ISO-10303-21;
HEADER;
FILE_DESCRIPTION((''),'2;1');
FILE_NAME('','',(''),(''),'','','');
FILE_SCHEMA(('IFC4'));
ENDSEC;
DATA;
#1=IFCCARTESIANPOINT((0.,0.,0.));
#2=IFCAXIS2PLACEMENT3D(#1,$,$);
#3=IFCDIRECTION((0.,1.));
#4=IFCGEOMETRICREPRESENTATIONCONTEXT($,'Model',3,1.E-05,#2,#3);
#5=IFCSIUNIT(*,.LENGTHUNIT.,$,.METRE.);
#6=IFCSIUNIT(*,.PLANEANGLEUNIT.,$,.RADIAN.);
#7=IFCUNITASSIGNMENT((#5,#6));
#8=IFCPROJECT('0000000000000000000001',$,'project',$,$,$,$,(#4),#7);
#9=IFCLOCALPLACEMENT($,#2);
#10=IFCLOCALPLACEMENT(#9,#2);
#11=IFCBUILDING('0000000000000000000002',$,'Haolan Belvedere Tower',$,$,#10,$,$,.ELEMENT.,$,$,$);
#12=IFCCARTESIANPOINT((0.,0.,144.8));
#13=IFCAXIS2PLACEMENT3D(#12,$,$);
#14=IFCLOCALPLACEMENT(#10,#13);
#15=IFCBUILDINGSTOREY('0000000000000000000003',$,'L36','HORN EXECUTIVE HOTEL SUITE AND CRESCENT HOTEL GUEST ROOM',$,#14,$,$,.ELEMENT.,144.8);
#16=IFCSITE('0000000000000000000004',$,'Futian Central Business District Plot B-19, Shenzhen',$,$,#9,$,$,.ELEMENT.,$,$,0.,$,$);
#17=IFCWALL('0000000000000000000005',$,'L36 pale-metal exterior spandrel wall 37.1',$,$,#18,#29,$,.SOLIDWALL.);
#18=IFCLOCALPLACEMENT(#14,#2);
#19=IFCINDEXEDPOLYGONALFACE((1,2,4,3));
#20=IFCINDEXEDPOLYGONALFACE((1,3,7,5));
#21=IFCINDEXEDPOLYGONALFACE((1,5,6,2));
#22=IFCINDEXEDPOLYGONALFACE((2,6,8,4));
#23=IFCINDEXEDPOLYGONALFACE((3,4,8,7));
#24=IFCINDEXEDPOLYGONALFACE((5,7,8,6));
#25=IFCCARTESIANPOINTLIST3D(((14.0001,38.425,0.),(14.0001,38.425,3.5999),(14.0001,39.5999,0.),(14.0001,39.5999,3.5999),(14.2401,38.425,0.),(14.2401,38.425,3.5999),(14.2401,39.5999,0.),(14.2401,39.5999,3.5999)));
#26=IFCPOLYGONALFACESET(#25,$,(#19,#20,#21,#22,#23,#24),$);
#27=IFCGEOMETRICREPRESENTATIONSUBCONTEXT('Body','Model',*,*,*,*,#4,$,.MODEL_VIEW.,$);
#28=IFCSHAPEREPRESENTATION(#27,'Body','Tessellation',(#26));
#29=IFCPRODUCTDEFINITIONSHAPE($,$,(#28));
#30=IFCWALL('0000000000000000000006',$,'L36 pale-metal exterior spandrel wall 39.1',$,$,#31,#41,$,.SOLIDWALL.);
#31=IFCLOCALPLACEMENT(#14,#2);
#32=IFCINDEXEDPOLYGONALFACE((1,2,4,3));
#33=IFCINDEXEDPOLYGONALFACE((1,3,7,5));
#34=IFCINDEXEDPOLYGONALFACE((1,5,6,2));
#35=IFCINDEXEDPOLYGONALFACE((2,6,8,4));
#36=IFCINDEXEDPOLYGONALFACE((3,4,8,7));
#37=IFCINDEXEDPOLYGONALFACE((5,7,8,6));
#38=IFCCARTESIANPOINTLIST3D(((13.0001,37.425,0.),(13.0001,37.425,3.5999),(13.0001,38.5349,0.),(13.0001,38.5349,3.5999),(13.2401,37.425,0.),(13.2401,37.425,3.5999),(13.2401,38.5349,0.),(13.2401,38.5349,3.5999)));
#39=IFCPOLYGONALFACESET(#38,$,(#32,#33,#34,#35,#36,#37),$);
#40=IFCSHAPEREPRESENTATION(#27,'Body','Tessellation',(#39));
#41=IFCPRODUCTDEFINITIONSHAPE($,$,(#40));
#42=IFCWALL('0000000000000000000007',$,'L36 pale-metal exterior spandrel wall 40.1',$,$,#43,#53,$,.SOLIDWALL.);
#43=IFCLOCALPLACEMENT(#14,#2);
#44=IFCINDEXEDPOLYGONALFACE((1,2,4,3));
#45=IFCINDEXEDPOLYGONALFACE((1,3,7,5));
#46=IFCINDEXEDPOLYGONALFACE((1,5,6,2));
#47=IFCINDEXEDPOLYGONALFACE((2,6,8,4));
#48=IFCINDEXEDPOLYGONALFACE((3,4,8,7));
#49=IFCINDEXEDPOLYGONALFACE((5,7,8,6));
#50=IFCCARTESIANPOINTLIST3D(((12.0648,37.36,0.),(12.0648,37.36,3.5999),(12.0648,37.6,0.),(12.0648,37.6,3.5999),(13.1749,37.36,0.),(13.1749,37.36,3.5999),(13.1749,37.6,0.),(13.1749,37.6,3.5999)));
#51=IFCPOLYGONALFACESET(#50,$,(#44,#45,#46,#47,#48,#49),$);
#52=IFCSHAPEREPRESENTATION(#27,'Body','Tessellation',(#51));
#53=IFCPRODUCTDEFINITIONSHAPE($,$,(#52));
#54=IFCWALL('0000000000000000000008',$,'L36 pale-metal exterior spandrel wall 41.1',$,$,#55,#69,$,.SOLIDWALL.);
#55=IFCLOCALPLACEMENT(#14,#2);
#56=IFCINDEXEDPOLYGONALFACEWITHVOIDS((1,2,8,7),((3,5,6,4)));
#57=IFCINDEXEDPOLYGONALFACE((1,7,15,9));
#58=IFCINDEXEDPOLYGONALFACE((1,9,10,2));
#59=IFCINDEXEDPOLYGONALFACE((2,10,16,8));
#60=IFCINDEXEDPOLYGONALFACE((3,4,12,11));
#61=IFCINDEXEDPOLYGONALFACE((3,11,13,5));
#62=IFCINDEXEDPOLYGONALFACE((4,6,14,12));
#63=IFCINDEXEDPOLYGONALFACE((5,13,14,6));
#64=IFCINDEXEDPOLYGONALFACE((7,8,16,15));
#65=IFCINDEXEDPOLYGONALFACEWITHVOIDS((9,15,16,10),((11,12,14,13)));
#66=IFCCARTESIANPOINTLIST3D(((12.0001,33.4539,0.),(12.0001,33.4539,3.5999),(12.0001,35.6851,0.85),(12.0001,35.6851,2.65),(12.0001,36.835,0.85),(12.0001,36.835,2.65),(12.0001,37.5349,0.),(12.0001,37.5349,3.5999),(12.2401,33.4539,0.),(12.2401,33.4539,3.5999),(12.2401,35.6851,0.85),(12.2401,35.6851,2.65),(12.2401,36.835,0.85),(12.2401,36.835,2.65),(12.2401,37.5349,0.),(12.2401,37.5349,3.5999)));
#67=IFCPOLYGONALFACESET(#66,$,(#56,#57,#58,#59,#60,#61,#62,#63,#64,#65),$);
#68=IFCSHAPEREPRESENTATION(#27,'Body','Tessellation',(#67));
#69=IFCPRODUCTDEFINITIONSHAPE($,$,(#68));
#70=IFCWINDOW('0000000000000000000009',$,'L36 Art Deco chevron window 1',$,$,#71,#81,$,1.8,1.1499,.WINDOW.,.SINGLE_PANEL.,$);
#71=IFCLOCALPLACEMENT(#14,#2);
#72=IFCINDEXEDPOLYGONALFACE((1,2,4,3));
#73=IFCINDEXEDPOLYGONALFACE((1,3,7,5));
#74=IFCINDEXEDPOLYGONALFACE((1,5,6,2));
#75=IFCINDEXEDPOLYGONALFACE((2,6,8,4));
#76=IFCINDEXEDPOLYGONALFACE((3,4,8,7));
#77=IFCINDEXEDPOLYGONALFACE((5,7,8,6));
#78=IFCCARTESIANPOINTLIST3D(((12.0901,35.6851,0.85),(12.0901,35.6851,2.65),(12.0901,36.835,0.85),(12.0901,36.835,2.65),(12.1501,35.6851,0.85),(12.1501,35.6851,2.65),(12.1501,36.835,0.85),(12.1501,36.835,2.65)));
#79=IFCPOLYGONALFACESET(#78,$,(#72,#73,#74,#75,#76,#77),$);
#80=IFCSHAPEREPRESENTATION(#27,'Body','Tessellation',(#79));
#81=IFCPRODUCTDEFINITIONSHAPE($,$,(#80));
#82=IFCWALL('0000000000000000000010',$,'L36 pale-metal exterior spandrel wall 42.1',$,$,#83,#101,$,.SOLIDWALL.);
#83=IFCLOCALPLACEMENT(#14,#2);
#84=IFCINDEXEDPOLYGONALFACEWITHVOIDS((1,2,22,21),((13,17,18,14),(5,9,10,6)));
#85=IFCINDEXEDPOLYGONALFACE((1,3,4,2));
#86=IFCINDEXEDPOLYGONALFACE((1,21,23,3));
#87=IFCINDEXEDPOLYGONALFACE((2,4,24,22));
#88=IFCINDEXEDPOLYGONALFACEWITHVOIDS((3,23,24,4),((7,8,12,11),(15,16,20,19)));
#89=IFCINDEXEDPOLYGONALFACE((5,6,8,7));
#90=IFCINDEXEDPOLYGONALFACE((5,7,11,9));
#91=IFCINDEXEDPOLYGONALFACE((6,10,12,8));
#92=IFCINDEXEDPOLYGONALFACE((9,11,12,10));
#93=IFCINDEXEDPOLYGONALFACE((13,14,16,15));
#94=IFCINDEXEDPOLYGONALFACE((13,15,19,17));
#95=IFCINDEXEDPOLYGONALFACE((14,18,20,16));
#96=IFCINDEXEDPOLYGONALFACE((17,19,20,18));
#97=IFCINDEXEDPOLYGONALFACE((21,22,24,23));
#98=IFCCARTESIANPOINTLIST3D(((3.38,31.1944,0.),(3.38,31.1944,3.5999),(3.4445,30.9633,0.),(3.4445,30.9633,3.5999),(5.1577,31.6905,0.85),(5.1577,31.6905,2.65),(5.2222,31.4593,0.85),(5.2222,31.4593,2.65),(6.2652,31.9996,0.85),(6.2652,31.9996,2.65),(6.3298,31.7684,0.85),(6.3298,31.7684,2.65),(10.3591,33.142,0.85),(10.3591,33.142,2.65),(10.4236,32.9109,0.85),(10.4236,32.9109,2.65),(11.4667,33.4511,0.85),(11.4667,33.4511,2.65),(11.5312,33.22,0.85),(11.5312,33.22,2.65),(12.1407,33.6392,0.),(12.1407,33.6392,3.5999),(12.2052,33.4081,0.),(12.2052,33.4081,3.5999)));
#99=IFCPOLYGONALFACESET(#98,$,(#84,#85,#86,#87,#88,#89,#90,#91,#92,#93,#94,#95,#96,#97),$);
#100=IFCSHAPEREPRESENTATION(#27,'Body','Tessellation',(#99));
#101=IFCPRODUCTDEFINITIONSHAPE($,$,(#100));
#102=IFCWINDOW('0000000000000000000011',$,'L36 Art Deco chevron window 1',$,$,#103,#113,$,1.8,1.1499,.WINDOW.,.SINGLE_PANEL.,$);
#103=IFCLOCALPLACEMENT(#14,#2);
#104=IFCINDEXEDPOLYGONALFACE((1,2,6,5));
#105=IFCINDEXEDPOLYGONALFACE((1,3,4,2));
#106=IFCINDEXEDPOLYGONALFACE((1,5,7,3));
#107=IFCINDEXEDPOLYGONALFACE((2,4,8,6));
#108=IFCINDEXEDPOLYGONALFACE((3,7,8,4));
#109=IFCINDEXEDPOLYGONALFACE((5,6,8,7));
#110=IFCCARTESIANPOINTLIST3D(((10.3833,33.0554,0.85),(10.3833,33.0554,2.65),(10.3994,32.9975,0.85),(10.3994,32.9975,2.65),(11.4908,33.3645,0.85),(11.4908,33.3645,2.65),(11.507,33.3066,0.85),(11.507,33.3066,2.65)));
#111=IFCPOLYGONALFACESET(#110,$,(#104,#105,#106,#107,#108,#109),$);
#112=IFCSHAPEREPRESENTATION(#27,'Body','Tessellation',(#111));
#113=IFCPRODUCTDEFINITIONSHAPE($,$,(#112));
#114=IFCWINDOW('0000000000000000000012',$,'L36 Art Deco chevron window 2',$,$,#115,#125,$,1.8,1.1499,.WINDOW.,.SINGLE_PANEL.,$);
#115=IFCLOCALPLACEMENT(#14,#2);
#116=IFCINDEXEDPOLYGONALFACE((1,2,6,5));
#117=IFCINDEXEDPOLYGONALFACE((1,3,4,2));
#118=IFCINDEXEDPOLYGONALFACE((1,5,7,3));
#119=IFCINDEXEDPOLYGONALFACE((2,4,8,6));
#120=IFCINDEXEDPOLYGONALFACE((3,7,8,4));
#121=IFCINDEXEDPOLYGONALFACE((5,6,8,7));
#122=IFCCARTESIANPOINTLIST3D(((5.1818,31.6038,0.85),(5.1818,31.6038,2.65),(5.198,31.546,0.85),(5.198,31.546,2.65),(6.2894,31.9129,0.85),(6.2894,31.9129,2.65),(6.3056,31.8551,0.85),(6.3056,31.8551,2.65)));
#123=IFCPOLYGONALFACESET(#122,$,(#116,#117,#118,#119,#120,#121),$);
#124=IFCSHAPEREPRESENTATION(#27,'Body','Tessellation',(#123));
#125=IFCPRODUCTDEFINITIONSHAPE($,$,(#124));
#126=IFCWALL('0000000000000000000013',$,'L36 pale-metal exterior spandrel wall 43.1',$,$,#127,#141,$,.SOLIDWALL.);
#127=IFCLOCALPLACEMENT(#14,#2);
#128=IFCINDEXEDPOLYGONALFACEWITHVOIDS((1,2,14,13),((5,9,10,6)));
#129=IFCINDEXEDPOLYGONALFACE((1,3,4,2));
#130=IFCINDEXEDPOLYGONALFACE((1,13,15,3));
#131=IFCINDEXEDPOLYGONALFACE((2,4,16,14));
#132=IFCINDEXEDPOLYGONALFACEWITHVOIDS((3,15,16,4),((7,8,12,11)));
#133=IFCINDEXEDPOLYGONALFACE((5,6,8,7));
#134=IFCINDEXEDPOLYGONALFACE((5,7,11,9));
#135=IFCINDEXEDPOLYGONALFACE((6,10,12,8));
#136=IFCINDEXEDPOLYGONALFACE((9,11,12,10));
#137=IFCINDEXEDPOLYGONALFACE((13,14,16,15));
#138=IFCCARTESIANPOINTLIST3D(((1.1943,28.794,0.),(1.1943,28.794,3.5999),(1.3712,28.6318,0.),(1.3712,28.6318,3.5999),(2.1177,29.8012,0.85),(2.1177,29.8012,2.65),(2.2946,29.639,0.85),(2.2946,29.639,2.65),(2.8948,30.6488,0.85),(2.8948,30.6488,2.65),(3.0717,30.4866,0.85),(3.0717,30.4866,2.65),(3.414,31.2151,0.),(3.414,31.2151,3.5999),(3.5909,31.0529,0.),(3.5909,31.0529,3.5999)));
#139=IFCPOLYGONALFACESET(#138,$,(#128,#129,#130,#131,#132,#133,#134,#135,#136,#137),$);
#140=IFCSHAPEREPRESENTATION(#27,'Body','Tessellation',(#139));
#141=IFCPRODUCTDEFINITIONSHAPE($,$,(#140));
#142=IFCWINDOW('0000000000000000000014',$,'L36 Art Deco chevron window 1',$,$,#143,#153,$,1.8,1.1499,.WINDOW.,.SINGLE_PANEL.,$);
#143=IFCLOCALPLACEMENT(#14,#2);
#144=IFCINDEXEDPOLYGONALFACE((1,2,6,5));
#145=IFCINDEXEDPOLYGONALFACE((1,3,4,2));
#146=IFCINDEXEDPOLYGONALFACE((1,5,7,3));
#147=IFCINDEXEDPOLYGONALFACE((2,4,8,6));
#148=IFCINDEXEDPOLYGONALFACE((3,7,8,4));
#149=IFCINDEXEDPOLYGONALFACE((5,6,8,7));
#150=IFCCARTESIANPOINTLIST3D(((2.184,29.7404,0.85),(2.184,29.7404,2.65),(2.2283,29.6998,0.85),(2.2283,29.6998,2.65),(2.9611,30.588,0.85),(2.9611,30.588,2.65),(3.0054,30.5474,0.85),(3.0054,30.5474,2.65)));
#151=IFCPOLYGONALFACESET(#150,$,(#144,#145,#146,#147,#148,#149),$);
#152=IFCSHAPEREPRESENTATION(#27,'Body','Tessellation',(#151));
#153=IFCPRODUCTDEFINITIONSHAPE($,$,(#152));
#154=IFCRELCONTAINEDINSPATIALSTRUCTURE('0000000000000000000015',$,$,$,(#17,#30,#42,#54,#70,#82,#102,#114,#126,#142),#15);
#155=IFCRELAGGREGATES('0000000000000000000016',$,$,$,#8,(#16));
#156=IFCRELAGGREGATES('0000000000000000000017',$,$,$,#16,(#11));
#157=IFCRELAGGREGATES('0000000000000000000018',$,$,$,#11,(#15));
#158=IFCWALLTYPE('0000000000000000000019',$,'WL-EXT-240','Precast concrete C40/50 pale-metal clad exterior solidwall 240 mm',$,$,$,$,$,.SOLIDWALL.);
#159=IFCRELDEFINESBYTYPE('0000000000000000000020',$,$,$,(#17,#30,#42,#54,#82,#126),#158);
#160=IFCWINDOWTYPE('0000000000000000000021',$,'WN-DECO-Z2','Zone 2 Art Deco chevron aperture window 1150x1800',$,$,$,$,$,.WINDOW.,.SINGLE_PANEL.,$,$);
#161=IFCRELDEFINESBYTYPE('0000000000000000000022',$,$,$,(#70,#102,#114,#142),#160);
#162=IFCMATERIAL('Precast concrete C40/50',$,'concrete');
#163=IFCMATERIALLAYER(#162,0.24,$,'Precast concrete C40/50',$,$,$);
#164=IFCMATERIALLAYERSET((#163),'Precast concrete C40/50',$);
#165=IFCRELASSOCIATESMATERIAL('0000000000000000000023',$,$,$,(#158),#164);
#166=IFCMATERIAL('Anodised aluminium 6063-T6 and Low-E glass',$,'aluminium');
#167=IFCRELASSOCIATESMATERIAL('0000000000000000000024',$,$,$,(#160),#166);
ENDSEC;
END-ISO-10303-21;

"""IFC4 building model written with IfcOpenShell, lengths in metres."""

from ifc_helpers import new_model, si_unit, direction, frame, frame_2d, origin, place, context, subcontext, project, spatial, rectangle, extrude, material, layer, layer_set, type_object, element, fill, save


model = new_model("IFC4")

# Units and contexts
model_context = context("Model", 3, precision=1e-05, world=origin(), true_north=direction((0.0, 1.0)))
body_context = subcontext(model_context, "Body", "Model", "MODEL_VIEW")
ifc_project = project(units=[si_unit("LENGTHUNIT", "METRE"), si_unit("PLANEANGLEUNIT", "RADIAN")], contexts=[model_context])

# Site, building, storey
site_placement = place(None, origin())
site = spatial("IfcSite", under=ifc_project, at=site_placement, Name="Futian Central Business District Plot B-19, Shenzhen", CompositionType="ELEMENT", RefElevation=0.0)
building_placement = place(site_placement, origin())
building = spatial("IfcBuilding", under=site, at=building_placement, Name="Haolan Belvedere Tower", CompositionType="ELEMENT")
storey_placement = place(building_placement, frame((0.0, 0.0, 144.8)))
storey = spatial("IfcBuildingStorey", under=building, at=storey_placement, Name="L36", Description="HORN EXECUTIVE HOTEL SUITE AND CRESCENT HOTEL GUEST ROOM", CompositionType="ELEMENT", Elevation=144.8)

# Walls
ifc_material_1 = material(Name="Precast concrete C40/50", Category="concrete")
ifc_layer_1 = layer(ifc_material_1, 0.24, Name="Precast concrete C40/50")
ifc_layer_set_1 = layer_set([ifc_layer_1], Name="Precast concrete C40/50")
wall_type_1 = type_object("IfcWallType", Name="WL-EXT-240", Description="Precast concrete C40/50 pale-metal clad exterior solidwall 240 mm", PredefinedType="SOLIDWALL", material=ifc_layer_set_1)
wall_1_placement = place(storey_placement, frame((14.1201, 39.5999, 0.0), z_axis=(0.0, 0.0, 1.0), x_axis=(0.0, -1.0, 0.0)))
element("IfcWall", 1, at=wall_1_placement, inside=storey, type_object=wall_type_1, Name="L36 pale-metal exterior spandrel wall 37.1", PredefinedType="SOLIDWALL", context=body_context, shape_type="SweptSolid", body=[
    extrude(rectangle(XDim=1.1748, YDim=0.24, at=frame_2d((0.5874, 0.0))), origin(), (0.0, 0.0, 1.0), 3.5999),
])
wall_2_placement = place(storey_placement, frame((13.1201, 38.5349, 0.0), z_axis=(0.0, 0.0, 1.0), x_axis=(0.0, -1.0, 0.0)))
element("IfcWall", 2, at=wall_2_placement, inside=storey, type_object=wall_type_1, Name="L36 pale-metal exterior spandrel wall 39.1", PredefinedType="SOLIDWALL", context=body_context, shape_type="SweptSolid", body=[
    extrude(rectangle(XDim=1.1099, YDim=0.24, at=frame_2d((0.5549, 0.0))), origin(), (0.0, 0.0, 1.0), 3.5999),
])
wall_3_placement = place(storey_placement, frame((13.175, 37.48, 0.0), z_axis=(0.0, 0.0, 1.0), x_axis=(-1.0, 0.0, 0.0)))
element("IfcWall", 3, at=wall_3_placement, inside=storey, type_object=wall_type_1, Name="L36 pale-metal exterior spandrel wall 40.1", PredefinedType="SOLIDWALL", context=body_context, shape_type="SweptSolid", body=[
    extrude(rectangle(XDim=1.1101, YDim=0.24, at=frame_2d((0.5552, 0.0))), origin(), (0.0, 0.0, 1.0), 3.5999),
])

# Wall, opening, window
wall_4_placement = place(storey_placement, frame((12.1201, 37.5349, 0.0), z_axis=(0.0, 0.0, 1.0), x_axis=(0.0, -1.0, 0.0)))
wall_4 = element("IfcWall", 4, at=wall_4_placement, inside=storey, type_object=wall_type_1, Name="L36 pale-metal exterior spandrel wall 41.1", PredefinedType="SOLIDWALL", context=body_context, shape_type="SweptSolid", body=[
    extrude(rectangle(XDim=4.0811, YDim=0.24, at=frame_2d((2.0405, 0.0))), origin(), (0.0, 0.0, 1.0), 3.5999),
])
opening_1_placement = place(wall_4_placement, frame((0.7, 0.0, 0.8501)))
opening_1 = element("IfcOpeningElement", 5, at=opening_1_placement, cuts=wall_4, PredefinedType="OPENING", context=body_context, shape_type="SweptSolid", body=[
    extrude(rectangle(XDim=1.1499, YDim=1.8, at=frame_2d((0.575, 0.8999))), frame((0.0, 0.1299, 0.0), z_axis=(0.0, -1.0, 0.0), x_axis=(1.0, 0.0, 0.0)), (0.0, 0.0, 1.0), 0.26),
])
ifc_material_2 = material(Name="Anodised aluminium 6063-T6 and Low-E glass", Category="aluminium")
window_type = type_object("IfcWindowType", Name="WN-DECO-Z2", Description="Zone 2 Art Deco chevron aperture window 1150x1800", PartitioningType="SINGLE_PANEL", PredefinedType="WINDOW", material=ifc_material_2)
window_1_placement = place(opening_1_placement, origin())
window_1 = element("IfcWindow", 6, at=window_1_placement, inside=storey, type_object=window_type, Name="L36 Art Deco chevron window 1", OverallHeight=1.8, OverallWidth=1.1499, PartitioningType="SINGLE_PANEL", PredefinedType="WINDOW", context=body_context, shape_type="SweptSolid", body=[
    extrude(rectangle(XDim=1.1499, YDim=1.8, at=frame_2d((0.575, 0.8999))), frame((0.0, 0.03, 0.0), z_axis=(0.0, -1.0, 0.0), x_axis=(1.0, 0.0, 0.0)), (0.0, 0.0, 1.0), 0.0601),
])
fill(opening_1, window_1)

# Wall, openings, windows
wall_5_placement = place(storey_placement, frame((12.1731, 33.5237, 0.0), z_axis=(0.0, 0.0, 1.0), x_axis=(-0.963197, -0.268795, 0.0)))
wall_5 = element("IfcWall", 7, at=wall_5_placement, inside=storey, type_object=wall_type_1, Name="L36 pale-metal exterior spandrel wall 42.1", PredefinedType="SOLIDWALL", context=body_context, shape_type="SweptSolid", body=[
    extrude(rectangle(XDim=9.0955, YDim=0.24, at=frame_2d((4.5479, 0.0))), origin(), (0.0, 0.0, 1.0), 3.5999),
])
opening_2_placement = place(wall_5_placement, frame((0.7, 0.0, 0.8501)))
opening_2 = element("IfcOpeningElement", 8, at=opening_2_placement, cuts=wall_5, PredefinedType="OPENING", context=body_context, shape_type="SweptSolid", body=[
    extrude(rectangle(XDim=1.1499, YDim=1.8, at=frame_2d((0.575, 0.8999))), frame((0.0, 0.1299, 0.0), z_axis=(0.0, -1.0, 0.0), x_axis=(1.0, 0.0, 0.0)), (0.0, 0.0, 1.0), 0.26),
])
opening_3_placement = place(wall_5_placement, frame((6.1001, 0.0, 0.8501)))
opening_3 = element("IfcOpeningElement", 9, at=opening_3_placement, cuts=wall_5, PredefinedType="OPENING", context=body_context, shape_type="SweptSolid", body=[
    extrude(rectangle(XDim=1.1499, YDim=1.8, at=frame_2d((0.575, 0.8999))), frame((0.0, 0.1299, 0.0), z_axis=(0.0, -1.0, 0.0), x_axis=(1.0, 0.0, 0.0)), (0.0, 0.0, 1.0), 0.26),
])
window_2_placement = place(opening_2_placement, origin())
window_2 = element("IfcWindow", 10, at=window_2_placement, inside=storey, type_object=window_type, Name="L36 Art Deco chevron window 1", OverallHeight=1.8, OverallWidth=1.1499, PartitioningType="SINGLE_PANEL", PredefinedType="WINDOW", context=body_context, shape_type="SweptSolid", body=[
    extrude(rectangle(XDim=1.1499, YDim=1.8, at=frame_2d((0.575, 0.8999))), frame((0.0, 0.03, 0.0), z_axis=(0.0, -1.0, 0.0), x_axis=(1.0, 0.0, 0.0)), (0.0, 0.0, 1.0), 0.0601),
])
fill(opening_2, window_2)
window_3_placement = place(opening_3_placement, origin())
window_3 = element("IfcWindow", 11, at=window_3_placement, inside=storey, type_object=window_type, Name="L36 Art Deco chevron window 2", OverallHeight=1.8, OverallWidth=1.1499, PartitioningType="SINGLE_PANEL", PredefinedType="WINDOW", context=body_context, shape_type="SweptSolid", body=[
    extrude(rectangle(XDim=1.1499, YDim=1.8, at=frame_2d((0.575, 0.8999))), frame((0.0, 0.03, 0.0), z_axis=(0.0, -1.0, 0.0), x_axis=(1.0, 0.0, 0.0)), (0.0, 0.0, 1.0), 0.0601),
])
fill(opening_3, window_3)

# Wall, opening, window
wall_6_placement = place(storey_placement, frame((3.5024, 31.134, 0.0), z_axis=(0.0, 0.0, 1.0), x_axis=(-0.675782, -0.737102, 0.0)))
wall_6 = element("IfcWall", 12, at=wall_6_placement, inside=storey, type_object=wall_type_1, Name="L36 pale-metal exterior spandrel wall 43.1", PredefinedType="SOLIDWALL", context=body_context, shape_type="SweptSolid", body=[
    extrude(rectangle(XDim=3.2847, YDim=0.24, at=frame_2d((1.6423, 0.0))), origin(), (0.0, 0.0, 1.0), 3.5999),
])
opening_4_placement = place(wall_6_placement, frame((0.7683, 0.0, 0.8501)))
opening_4 = element("IfcOpeningElement", 13, at=opening_4_placement, cuts=wall_6, PredefinedType="OPENING", context=body_context, shape_type="SweptSolid", body=[
    extrude(rectangle(XDim=1.1499, YDim=1.8, at=frame_2d((0.575, 0.8999))), frame((0.0, 0.1299, 0.0), z_axis=(0.0, -1.0, 0.0), x_axis=(1.0, 0.0, 0.0)), (0.0, 0.0, 1.0), 0.26),
])
window_4_placement = place(opening_4_placement, origin())
window_4 = element("IfcWindow", 14, at=window_4_placement, inside=storey, type_object=window_type, Name="L36 Art Deco chevron window 1", OverallHeight=1.8, OverallWidth=1.1499, PartitioningType="SINGLE_PANEL", PredefinedType="WINDOW", context=body_context, shape_type="SweptSolid", body=[
    extrude(rectangle(XDim=1.1499, YDim=1.8, at=frame_2d((0.575, 0.8999))), frame((0.0, 0.03, 0.0), z_axis=(0.0, -1.0, 0.0), x_axis=(1.0, 0.0, 0.0)), (0.0, 0.0, 1.0), 0.0601),
])
fill(opening_4, window_4)

save(model, "model.ifc")
